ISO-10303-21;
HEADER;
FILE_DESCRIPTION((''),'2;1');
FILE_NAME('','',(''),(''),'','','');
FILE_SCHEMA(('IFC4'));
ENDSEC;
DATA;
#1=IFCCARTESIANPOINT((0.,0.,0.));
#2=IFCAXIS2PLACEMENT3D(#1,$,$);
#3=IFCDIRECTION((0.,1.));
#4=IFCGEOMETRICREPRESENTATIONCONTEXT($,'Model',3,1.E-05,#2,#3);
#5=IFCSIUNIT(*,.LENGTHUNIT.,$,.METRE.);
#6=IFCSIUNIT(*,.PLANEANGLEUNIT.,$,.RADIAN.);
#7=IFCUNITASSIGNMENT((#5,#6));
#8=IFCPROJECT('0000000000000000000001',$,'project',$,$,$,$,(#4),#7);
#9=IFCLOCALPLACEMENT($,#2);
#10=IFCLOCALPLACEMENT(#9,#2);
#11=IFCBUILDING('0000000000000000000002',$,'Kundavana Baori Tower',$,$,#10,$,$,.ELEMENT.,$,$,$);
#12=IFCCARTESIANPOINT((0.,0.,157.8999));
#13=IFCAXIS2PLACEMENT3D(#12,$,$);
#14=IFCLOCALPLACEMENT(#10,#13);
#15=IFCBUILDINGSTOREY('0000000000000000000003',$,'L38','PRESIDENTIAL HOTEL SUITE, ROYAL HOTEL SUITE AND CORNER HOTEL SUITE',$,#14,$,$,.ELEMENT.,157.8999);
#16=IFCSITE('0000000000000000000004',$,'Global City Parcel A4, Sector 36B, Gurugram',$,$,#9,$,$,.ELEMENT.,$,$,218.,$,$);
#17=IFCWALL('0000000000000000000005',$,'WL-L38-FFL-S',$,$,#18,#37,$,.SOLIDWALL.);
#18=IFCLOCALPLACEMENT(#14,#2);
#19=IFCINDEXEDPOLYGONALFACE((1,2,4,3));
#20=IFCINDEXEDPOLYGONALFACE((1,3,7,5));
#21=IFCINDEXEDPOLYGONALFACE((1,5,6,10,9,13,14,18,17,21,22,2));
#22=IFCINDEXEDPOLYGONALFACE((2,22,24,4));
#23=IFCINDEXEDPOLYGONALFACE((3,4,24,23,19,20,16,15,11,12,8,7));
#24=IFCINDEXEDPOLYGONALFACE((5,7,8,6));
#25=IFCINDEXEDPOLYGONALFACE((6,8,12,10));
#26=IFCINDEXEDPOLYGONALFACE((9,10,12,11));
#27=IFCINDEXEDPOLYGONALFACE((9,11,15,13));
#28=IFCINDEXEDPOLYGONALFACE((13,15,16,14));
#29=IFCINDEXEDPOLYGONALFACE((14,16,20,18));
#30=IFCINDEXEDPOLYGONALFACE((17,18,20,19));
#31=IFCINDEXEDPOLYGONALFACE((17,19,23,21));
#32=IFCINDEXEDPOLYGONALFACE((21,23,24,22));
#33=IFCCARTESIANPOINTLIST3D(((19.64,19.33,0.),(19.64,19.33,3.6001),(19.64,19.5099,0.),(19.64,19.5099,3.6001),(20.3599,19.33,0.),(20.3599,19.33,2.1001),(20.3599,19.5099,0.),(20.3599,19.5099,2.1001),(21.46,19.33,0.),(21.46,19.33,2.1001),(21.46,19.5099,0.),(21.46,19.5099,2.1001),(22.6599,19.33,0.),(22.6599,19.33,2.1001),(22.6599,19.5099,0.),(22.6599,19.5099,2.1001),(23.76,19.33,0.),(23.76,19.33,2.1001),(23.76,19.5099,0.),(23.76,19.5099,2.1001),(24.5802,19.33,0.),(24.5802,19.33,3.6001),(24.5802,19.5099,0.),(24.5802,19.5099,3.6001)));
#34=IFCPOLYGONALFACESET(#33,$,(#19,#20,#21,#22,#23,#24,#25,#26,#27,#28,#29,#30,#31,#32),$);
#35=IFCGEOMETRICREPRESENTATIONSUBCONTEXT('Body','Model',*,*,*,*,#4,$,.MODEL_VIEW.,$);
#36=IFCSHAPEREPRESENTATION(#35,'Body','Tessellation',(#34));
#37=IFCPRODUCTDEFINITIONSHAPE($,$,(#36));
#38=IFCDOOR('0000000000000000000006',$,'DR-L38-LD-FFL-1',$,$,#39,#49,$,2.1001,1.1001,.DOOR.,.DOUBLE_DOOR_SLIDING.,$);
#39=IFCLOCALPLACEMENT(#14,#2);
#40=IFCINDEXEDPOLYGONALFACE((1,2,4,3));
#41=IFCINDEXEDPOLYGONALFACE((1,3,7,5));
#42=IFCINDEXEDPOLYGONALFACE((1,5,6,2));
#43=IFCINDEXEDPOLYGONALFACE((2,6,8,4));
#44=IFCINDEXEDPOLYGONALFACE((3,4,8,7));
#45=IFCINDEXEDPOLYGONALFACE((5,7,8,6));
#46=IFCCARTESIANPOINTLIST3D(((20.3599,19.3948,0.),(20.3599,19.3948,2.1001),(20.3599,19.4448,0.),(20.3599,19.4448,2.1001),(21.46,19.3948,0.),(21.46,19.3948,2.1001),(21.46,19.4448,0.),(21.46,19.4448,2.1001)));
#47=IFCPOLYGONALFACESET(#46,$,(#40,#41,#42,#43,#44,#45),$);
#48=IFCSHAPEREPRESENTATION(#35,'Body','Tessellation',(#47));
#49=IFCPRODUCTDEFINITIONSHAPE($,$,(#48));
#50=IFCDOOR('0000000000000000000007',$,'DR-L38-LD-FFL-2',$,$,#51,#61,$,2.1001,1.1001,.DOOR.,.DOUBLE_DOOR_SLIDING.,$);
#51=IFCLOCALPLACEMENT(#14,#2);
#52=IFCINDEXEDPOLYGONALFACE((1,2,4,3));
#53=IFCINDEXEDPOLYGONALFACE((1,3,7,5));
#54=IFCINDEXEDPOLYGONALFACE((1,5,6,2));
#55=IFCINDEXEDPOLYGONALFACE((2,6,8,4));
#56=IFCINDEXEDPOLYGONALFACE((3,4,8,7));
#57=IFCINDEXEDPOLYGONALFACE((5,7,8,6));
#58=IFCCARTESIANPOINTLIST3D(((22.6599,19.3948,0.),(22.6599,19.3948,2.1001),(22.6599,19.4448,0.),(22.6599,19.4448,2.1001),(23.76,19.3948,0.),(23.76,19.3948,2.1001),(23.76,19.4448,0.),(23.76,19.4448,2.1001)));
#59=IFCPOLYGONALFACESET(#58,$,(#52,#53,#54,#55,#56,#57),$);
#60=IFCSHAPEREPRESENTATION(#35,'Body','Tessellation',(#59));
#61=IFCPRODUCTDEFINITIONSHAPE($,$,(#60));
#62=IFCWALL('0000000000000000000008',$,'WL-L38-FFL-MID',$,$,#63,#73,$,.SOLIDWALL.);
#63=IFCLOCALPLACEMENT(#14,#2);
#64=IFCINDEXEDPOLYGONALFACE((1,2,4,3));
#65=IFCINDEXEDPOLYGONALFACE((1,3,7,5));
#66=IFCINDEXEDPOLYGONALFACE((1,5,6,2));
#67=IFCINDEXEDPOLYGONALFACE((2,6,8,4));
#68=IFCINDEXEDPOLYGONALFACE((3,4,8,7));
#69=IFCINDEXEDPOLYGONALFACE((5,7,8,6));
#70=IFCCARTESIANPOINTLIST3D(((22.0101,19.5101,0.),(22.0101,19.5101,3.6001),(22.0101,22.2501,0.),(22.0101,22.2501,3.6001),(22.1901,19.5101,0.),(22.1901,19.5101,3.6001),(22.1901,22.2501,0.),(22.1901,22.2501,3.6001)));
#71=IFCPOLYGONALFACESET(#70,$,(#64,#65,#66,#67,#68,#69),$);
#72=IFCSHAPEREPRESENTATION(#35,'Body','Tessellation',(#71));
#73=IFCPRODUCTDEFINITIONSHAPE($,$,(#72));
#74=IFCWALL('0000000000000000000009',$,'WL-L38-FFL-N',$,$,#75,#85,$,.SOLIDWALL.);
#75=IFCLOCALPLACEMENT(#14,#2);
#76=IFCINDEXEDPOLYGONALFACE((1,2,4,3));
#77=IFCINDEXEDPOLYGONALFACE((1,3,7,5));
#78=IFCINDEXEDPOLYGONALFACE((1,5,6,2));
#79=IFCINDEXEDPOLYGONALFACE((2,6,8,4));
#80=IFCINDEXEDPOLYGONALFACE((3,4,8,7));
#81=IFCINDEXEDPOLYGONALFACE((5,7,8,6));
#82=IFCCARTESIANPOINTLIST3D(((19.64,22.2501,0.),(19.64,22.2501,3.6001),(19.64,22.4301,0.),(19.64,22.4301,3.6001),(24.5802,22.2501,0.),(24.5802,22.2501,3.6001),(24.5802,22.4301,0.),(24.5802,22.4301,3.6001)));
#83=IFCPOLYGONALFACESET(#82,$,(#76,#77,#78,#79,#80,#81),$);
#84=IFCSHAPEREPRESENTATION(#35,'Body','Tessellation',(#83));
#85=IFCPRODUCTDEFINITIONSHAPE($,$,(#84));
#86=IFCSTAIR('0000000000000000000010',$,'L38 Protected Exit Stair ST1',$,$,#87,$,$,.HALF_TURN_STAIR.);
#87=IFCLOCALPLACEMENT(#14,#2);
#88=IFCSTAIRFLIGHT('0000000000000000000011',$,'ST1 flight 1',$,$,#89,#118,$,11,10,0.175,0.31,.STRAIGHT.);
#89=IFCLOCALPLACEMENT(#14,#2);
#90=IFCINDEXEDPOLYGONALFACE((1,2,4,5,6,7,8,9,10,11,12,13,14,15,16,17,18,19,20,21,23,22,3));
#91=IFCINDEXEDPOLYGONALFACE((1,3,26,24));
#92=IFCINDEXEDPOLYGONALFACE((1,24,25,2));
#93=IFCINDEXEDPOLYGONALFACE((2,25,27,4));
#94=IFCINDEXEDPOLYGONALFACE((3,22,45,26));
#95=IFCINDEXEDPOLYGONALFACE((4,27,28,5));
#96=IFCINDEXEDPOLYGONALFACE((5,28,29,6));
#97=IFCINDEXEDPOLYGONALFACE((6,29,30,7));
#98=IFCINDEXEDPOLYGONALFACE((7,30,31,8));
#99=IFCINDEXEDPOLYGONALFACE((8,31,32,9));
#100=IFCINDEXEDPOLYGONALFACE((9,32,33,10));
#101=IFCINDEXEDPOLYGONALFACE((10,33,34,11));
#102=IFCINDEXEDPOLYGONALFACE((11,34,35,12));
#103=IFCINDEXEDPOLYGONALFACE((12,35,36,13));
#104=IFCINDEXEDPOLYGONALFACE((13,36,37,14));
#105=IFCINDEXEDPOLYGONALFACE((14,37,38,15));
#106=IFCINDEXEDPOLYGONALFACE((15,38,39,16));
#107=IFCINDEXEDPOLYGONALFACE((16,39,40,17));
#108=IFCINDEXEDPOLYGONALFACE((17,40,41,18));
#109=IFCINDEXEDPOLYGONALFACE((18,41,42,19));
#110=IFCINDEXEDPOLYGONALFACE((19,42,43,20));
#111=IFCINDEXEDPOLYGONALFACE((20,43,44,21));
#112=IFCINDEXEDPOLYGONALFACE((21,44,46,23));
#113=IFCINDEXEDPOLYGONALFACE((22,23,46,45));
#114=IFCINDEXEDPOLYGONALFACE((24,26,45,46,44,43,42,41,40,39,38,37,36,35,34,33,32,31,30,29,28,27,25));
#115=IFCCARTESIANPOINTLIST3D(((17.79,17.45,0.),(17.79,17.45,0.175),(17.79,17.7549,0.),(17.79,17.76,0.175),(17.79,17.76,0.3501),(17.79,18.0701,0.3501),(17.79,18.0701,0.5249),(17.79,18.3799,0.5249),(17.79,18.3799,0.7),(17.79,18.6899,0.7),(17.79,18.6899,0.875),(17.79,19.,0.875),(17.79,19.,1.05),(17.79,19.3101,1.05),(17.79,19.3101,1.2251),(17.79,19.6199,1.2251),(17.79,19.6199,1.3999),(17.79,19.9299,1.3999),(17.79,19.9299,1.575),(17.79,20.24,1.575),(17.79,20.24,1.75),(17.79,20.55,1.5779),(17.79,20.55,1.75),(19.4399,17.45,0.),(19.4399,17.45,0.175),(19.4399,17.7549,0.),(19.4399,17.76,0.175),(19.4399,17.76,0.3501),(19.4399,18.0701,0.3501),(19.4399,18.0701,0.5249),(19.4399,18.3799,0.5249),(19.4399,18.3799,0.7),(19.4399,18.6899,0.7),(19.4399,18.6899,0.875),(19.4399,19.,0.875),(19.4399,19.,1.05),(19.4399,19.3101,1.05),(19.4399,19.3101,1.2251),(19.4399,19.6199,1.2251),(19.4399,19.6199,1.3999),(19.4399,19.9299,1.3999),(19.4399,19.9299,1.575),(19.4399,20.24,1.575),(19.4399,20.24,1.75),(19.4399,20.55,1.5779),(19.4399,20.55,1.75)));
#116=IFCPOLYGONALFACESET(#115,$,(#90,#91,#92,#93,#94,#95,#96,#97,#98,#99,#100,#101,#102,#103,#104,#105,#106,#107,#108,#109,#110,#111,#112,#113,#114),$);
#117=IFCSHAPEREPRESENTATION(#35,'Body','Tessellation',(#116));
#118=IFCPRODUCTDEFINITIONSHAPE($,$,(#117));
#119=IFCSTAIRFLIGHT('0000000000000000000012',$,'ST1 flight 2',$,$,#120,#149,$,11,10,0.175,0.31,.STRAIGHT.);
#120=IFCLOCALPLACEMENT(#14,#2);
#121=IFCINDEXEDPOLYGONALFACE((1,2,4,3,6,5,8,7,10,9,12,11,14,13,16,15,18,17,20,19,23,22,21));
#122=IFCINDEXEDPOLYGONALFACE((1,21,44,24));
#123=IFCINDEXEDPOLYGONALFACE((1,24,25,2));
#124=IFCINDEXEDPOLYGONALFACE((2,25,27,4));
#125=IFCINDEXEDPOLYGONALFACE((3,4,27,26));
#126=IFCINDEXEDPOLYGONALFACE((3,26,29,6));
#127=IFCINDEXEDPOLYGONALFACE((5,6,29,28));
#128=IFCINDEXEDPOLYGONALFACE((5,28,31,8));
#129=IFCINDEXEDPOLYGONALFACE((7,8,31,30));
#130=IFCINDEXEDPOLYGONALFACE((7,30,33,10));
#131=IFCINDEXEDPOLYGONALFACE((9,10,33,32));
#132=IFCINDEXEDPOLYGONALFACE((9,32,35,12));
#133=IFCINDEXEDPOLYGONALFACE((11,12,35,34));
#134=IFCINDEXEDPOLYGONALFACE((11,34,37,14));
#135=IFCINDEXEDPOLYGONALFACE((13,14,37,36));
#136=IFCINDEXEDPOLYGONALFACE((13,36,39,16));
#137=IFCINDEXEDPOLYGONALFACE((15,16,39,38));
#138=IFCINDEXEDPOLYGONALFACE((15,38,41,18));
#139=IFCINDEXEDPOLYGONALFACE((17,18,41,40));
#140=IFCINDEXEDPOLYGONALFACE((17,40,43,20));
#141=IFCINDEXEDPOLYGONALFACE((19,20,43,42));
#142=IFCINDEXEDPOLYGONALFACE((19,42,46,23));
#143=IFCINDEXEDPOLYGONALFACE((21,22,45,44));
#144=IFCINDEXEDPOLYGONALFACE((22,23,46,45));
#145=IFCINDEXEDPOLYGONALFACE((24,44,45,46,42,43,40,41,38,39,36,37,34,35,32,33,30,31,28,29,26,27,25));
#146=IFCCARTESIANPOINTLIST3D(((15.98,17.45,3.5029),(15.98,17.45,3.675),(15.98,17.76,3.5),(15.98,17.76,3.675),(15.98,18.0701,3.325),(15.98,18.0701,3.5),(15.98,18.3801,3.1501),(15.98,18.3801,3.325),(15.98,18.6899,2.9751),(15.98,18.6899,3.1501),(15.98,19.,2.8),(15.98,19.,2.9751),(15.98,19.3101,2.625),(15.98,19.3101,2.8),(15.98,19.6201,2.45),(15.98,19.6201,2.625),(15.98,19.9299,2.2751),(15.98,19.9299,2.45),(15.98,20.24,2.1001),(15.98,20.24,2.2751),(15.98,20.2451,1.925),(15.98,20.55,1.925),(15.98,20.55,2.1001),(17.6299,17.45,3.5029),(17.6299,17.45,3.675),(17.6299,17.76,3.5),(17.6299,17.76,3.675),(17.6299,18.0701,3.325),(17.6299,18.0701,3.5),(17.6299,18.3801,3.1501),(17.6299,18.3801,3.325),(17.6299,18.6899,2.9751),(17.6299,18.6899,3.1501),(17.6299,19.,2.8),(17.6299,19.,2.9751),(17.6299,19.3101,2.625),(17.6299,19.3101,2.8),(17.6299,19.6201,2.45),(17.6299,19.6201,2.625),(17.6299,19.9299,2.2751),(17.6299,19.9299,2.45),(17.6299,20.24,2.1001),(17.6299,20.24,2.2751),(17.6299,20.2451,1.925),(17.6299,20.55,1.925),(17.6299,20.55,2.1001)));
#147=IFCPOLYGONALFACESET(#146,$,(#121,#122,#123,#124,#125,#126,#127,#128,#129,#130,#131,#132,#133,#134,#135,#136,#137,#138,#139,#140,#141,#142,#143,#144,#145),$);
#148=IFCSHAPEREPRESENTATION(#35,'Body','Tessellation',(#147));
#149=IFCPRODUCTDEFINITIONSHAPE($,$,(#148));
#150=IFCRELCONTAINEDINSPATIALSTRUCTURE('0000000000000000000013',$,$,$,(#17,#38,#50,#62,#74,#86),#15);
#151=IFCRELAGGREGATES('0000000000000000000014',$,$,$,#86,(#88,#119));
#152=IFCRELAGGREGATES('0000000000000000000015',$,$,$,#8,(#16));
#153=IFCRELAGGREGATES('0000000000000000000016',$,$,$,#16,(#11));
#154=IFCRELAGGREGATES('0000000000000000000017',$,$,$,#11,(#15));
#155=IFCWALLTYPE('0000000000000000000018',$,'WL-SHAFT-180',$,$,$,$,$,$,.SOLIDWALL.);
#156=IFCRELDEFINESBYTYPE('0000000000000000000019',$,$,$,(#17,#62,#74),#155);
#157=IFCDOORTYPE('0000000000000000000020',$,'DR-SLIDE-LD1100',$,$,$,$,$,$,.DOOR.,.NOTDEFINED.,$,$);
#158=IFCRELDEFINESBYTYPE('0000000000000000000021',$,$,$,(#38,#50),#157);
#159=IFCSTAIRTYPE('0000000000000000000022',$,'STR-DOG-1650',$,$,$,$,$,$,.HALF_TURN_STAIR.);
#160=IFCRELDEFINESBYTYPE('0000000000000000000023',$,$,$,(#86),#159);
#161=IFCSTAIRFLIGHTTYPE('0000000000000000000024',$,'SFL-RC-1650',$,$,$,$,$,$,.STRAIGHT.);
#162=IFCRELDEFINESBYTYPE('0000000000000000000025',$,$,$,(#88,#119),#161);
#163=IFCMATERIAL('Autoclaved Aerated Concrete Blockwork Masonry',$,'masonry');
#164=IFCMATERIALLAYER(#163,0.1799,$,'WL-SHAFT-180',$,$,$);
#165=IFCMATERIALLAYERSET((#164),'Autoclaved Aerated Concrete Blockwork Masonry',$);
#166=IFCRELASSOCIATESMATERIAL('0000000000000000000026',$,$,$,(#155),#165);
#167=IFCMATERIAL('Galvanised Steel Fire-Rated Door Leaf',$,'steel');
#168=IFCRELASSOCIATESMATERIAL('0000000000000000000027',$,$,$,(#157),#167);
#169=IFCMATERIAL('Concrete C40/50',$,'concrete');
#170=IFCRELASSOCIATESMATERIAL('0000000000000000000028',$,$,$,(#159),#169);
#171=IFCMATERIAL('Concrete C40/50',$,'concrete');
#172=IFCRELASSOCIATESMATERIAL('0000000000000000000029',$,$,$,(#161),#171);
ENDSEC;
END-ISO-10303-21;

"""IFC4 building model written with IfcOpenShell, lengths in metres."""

from ifc_helpers import new_model, si_unit, direction, frame, frame_2d, origin, place, context, subcontext, project, spatial, polyline, rectangle, outline, extrude, material, layer, layer_set, type_object, element, fill, aggregate, save


model = new_model("IFC4")

# Units and contexts
model_context = context("Model", 3, precision=1e-05, world=origin(), true_north=direction((0.0, 1.0)))
body_context = subcontext(model_context, "Body", "Model", "MODEL_VIEW")
ifc_project = project(units=[si_unit("LENGTHUNIT", "METRE"), si_unit("PLANEANGLEUNIT", "RADIAN")], contexts=[model_context])

# Site, building, storey
site_placement = place(None, origin())
site = spatial("IfcSite", under=ifc_project, at=site_placement, Name="Global City Parcel A4, Sector 36B, Gurugram", CompositionType="ELEMENT", RefElevation=218.0)
building_placement = place(site_placement, origin())
building = spatial("IfcBuilding", under=site, at=building_placement, Name="Kundavana Baori Tower", CompositionType="ELEMENT")
storey_placement = place(building_placement, frame((0.0, 0.0, 157.8999)))
storey = spatial("IfcBuildingStorey", under=building, at=storey_placement, Name="L38", Description="PRESIDENTIAL HOTEL SUITE, ROYAL HOTEL SUITE AND CORNER HOTEL SUITE", CompositionType="ELEMENT", Elevation=157.8999)

# Wall, openings, doors
ifc_material_1 = material(Name="Autoclaved Aerated Concrete Blockwork Masonry", Category="masonry")
ifc_layer_1 = layer(ifc_material_1, 0.1799, Name="WL-SHAFT-180")
ifc_layer_set_1 = layer_set([ifc_layer_1], Name="Autoclaved Aerated Concrete Blockwork Masonry")
wall_type_1 = type_object("IfcWallType", Name="WL-SHAFT-180", PredefinedType="SOLIDWALL", material=ifc_layer_set_1)
wall_1_placement = place(storey_placement, frame((19.6399, 19.4199, 0.0), z_axis=(0.0, 0.0, 1.0), x_axis=(1.0, 0.0, 0.0)))
wall_1 = element("IfcWall", 1, at=wall_1_placement, inside=storey, type_object=wall_type_1, Name="WL-L38-FFL-S", PredefinedType="SOLIDWALL", context=body_context, shape_type="SweptSolid", body=[
    extrude(rectangle(XDim=4.9402, YDim=0.1799, at=frame_2d((2.4702, 0.0))), origin(), (0.0, 0.0, 1.0), 3.6001),
])
opening_1_placement = place(wall_1_placement, frame((0.72, 0.0, 0.0)))
opening_1 = element("IfcOpeningElement", 2, at=opening_1_placement, cuts=wall_1, PredefinedType="OPENING", context=body_context, shape_type="SweptSolid", body=[
    extrude(rectangle(XDim=1.1001, YDim=2.1001, at=frame_2d((0.55, 1.05))), frame((0.0, 0.1001, 0.0), z_axis=(0.0, -1.0, 0.0), x_axis=(1.0, 0.0, 0.0)), (0.0, 0.0, 1.0), 0.2),
])
opening_2_placement = place(wall_1_placement, frame((3.02, 0.0, 0.0)))
opening_2 = element("IfcOpeningElement", 3, at=opening_2_placement, cuts=wall_1, PredefinedType="OPENING", context=body_context, shape_type="SweptSolid", body=[
    extrude(rectangle(XDim=1.1001, YDim=2.1001, at=frame_2d((0.55, 1.05))), frame((0.0, 0.1001, 0.0), z_axis=(0.0, -1.0, 0.0), x_axis=(1.0, 0.0, 0.0)), (0.0, 0.0, 1.0), 0.2),
])
ifc_material_2 = material(Name="Galvanised Steel Fire-Rated Door Leaf", Category="steel")
door_type_1 = type_object("IfcDoorType", Name="DR-SLIDE-LD1100", OperationType="NOTDEFINED", PredefinedType="DOOR", material=ifc_material_2)
door_1_placement = place(opening_1_placement, origin())
door_1 = element("IfcDoor", 4, at=door_1_placement, inside=storey, type_object=door_type_1, Name="DR-L38-LD-FFL-1", OperationType="DOUBLE_DOOR_SLIDING", OverallHeight=2.1001, OverallWidth=1.1001, PredefinedType="DOOR", context=body_context, shape_type="SweptSolid", body=[
    extrude(rectangle(XDim=1.1001, YDim=2.1001, at=frame_2d((0.55, 1.05))), frame((0.0, 0.0249, 0.0), z_axis=(0.0, -1.0, 0.0), x_axis=(1.0, 0.0, 0.0)), (0.0, 0.0, 1.0), 0.05),
])
fill(opening_1, door_1)
door_2_placement = place(opening_2_placement, origin())
door_2 = element("IfcDoor", 5, at=door_2_placement, inside=storey, type_object=door_type_1, Name="DR-L38-LD-FFL-2", OperationType="DOUBLE_DOOR_SLIDING", OverallHeight=2.1001, OverallWidth=1.1001, PredefinedType="DOOR", context=body_context, shape_type="SweptSolid", body=[
    extrude(rectangle(XDim=1.1001, YDim=2.1001, at=frame_2d((0.55, 1.05))), frame((0.0, 0.0249, 0.0), z_axis=(0.0, -1.0, 0.0), x_axis=(1.0, 0.0, 0.0)), (0.0, 0.0, 1.0), 0.05),
])
fill(opening_2, door_2)

# Walls
wall_2_placement = place(storey_placement, frame((22.1001, 19.51, 0.0), z_axis=(0.0, 0.0, 1.0), x_axis=(0.0, 1.0, 0.0)))
element("IfcWall", 6, at=wall_2_placement, inside=storey, type_object=wall_type_1, Name="WL-L38-FFL-MID", PredefinedType="SOLIDWALL", context=body_context, shape_type="SweptSolid", body=[
    extrude(rectangle(XDim=2.74, YDim=0.1799, at=frame_2d((1.3701, 0.0))), origin(), (0.0, 0.0, 1.0), 3.6001),
])
wall_3_placement = place(storey_placement, frame((19.6399, 22.3401, 0.0), z_axis=(0.0, 0.0, 1.0), x_axis=(1.0, 0.0, 0.0)))
element("IfcWall", 7, at=wall_3_placement, inside=storey, type_object=wall_type_1, Name="WL-L38-FFL-N", PredefinedType="SOLIDWALL", context=body_context, shape_type="SweptSolid", body=[
    extrude(rectangle(XDim=4.9402, YDim=0.1799, at=frame_2d((2.4702, 0.0))), origin(), (0.0, 0.0, 1.0), 3.6001),
])

# Stair, stair flights
ifc_material_3 = material(Name="Concrete C40/50", Category="concrete")
stair_type = type_object("IfcStairType", Name="STR-DOG-1650", PredefinedType="HALF_TURN_STAIR", material=ifc_material_3)
stair_placement = place(storey_placement, origin())
stair = element("IfcStair", 8, at=stair_placement, inside=storey, type_object=stair_type, Name="L38 Protected Exit Stair ST1", PredefinedType="HALF_TURN_STAIR")
ifc_material_4 = material(Name="Concrete C40/50", Category="concrete")
stair_flight_type = type_object("IfcStairFlightType", Name="SFL-RC-1650", PredefinedType="STRAIGHT", material=ifc_material_4)
stair_flight_1_placement = place(storey_placement, frame((18.615, 17.45, 0.0), z_axis=(0.0, 0.0, 1.0), x_axis=(0.0, 1.0, 0.0)))
stair_flight_1 = element("IfcStairFlight", 9, at=stair_flight_1_placement, type_object=stair_flight_type, Name="ST1 flight 1", NumberOfRisers=11, NumberOfTreads=10, PredefinedType="STRAIGHT", RiserHeight=0.175, TreadLength=0.31, context=body_context, shape_type="SweptSolid", body=[
    extrude(outline(polyline([(0.0, 0.0), (0.0, 0.175), (0.3101, 0.175), (0.3101, 0.3501), (0.6201, 0.3501), (0.6201, 0.5249), (0.9299, 0.5249), (0.9299, 0.7), (1.24, 0.7), (1.24, 0.875), (1.55, 0.875), (1.55, 1.05), (1.8601, 1.05), (1.8601, 1.2251), (2.1699, 1.2251), (2.1699, 1.3999), (2.48, 1.3999), (2.48, 1.575), (2.79, 1.575), (2.79, 1.75), (3.1001, 1.75), (3.1001, 1.925), (3.1001, 1.5779), (0.3049, 0.0), (0.0, 0.0)])), frame((0.0, 0.825, 0.0), z_axis=(0.0, -1.0, 0.0), x_axis=(1.0, 0.0, 0.0)), (0.0, 0.0, 1.0), 1.6499),
])
stair_flight_2_placement = place(storey_placement, frame((16.8049, 20.55, 1.925), z_axis=(0.0, 0.0, 1.0), x_axis=(0.0, -1.0, 0.0)))
stair_flight_2 = element("IfcStairFlight", 10, at=stair_flight_2_placement, type_object=stair_flight_type, Name="ST1 flight 2", NumberOfRisers=11, NumberOfTreads=10, PredefinedType="STRAIGHT", RiserHeight=0.175, TreadLength=0.31, context=body_context, shape_type="SweptSolid", body=[
    extrude(outline(polyline([(0.0, 0.0), (0.0, 0.175), (0.3101, 0.175), (0.3101, 0.3501), (0.6201, 0.3501), (0.6201, 0.5249), (0.9299, 0.5249), (0.9299, 0.7), (1.24, 0.7), (1.24, 0.875), (1.55, 0.875), (1.55, 1.05), (1.8601, 1.05), (1.8601, 1.2251), (2.1699, 1.2251), (2.1699, 1.3999), (2.48, 1.3999), (2.48, 1.575), (2.79, 1.575), (2.79, 1.75), (3.1001, 1.75), (3.1001, 1.925), (3.1001, 1.5779), (0.3049, 0.0), (0.0, 0.0)])), frame((0.0, 0.825, 0.0), z_axis=(0.0, -1.0, 0.0), x_axis=(1.0, 0.0, 0.0)), (0.0, 0.0, 1.0), 1.6499),
])
aggregate(stair, [stair_flight_1, stair_flight_2])

save(model, "model.ifc")
